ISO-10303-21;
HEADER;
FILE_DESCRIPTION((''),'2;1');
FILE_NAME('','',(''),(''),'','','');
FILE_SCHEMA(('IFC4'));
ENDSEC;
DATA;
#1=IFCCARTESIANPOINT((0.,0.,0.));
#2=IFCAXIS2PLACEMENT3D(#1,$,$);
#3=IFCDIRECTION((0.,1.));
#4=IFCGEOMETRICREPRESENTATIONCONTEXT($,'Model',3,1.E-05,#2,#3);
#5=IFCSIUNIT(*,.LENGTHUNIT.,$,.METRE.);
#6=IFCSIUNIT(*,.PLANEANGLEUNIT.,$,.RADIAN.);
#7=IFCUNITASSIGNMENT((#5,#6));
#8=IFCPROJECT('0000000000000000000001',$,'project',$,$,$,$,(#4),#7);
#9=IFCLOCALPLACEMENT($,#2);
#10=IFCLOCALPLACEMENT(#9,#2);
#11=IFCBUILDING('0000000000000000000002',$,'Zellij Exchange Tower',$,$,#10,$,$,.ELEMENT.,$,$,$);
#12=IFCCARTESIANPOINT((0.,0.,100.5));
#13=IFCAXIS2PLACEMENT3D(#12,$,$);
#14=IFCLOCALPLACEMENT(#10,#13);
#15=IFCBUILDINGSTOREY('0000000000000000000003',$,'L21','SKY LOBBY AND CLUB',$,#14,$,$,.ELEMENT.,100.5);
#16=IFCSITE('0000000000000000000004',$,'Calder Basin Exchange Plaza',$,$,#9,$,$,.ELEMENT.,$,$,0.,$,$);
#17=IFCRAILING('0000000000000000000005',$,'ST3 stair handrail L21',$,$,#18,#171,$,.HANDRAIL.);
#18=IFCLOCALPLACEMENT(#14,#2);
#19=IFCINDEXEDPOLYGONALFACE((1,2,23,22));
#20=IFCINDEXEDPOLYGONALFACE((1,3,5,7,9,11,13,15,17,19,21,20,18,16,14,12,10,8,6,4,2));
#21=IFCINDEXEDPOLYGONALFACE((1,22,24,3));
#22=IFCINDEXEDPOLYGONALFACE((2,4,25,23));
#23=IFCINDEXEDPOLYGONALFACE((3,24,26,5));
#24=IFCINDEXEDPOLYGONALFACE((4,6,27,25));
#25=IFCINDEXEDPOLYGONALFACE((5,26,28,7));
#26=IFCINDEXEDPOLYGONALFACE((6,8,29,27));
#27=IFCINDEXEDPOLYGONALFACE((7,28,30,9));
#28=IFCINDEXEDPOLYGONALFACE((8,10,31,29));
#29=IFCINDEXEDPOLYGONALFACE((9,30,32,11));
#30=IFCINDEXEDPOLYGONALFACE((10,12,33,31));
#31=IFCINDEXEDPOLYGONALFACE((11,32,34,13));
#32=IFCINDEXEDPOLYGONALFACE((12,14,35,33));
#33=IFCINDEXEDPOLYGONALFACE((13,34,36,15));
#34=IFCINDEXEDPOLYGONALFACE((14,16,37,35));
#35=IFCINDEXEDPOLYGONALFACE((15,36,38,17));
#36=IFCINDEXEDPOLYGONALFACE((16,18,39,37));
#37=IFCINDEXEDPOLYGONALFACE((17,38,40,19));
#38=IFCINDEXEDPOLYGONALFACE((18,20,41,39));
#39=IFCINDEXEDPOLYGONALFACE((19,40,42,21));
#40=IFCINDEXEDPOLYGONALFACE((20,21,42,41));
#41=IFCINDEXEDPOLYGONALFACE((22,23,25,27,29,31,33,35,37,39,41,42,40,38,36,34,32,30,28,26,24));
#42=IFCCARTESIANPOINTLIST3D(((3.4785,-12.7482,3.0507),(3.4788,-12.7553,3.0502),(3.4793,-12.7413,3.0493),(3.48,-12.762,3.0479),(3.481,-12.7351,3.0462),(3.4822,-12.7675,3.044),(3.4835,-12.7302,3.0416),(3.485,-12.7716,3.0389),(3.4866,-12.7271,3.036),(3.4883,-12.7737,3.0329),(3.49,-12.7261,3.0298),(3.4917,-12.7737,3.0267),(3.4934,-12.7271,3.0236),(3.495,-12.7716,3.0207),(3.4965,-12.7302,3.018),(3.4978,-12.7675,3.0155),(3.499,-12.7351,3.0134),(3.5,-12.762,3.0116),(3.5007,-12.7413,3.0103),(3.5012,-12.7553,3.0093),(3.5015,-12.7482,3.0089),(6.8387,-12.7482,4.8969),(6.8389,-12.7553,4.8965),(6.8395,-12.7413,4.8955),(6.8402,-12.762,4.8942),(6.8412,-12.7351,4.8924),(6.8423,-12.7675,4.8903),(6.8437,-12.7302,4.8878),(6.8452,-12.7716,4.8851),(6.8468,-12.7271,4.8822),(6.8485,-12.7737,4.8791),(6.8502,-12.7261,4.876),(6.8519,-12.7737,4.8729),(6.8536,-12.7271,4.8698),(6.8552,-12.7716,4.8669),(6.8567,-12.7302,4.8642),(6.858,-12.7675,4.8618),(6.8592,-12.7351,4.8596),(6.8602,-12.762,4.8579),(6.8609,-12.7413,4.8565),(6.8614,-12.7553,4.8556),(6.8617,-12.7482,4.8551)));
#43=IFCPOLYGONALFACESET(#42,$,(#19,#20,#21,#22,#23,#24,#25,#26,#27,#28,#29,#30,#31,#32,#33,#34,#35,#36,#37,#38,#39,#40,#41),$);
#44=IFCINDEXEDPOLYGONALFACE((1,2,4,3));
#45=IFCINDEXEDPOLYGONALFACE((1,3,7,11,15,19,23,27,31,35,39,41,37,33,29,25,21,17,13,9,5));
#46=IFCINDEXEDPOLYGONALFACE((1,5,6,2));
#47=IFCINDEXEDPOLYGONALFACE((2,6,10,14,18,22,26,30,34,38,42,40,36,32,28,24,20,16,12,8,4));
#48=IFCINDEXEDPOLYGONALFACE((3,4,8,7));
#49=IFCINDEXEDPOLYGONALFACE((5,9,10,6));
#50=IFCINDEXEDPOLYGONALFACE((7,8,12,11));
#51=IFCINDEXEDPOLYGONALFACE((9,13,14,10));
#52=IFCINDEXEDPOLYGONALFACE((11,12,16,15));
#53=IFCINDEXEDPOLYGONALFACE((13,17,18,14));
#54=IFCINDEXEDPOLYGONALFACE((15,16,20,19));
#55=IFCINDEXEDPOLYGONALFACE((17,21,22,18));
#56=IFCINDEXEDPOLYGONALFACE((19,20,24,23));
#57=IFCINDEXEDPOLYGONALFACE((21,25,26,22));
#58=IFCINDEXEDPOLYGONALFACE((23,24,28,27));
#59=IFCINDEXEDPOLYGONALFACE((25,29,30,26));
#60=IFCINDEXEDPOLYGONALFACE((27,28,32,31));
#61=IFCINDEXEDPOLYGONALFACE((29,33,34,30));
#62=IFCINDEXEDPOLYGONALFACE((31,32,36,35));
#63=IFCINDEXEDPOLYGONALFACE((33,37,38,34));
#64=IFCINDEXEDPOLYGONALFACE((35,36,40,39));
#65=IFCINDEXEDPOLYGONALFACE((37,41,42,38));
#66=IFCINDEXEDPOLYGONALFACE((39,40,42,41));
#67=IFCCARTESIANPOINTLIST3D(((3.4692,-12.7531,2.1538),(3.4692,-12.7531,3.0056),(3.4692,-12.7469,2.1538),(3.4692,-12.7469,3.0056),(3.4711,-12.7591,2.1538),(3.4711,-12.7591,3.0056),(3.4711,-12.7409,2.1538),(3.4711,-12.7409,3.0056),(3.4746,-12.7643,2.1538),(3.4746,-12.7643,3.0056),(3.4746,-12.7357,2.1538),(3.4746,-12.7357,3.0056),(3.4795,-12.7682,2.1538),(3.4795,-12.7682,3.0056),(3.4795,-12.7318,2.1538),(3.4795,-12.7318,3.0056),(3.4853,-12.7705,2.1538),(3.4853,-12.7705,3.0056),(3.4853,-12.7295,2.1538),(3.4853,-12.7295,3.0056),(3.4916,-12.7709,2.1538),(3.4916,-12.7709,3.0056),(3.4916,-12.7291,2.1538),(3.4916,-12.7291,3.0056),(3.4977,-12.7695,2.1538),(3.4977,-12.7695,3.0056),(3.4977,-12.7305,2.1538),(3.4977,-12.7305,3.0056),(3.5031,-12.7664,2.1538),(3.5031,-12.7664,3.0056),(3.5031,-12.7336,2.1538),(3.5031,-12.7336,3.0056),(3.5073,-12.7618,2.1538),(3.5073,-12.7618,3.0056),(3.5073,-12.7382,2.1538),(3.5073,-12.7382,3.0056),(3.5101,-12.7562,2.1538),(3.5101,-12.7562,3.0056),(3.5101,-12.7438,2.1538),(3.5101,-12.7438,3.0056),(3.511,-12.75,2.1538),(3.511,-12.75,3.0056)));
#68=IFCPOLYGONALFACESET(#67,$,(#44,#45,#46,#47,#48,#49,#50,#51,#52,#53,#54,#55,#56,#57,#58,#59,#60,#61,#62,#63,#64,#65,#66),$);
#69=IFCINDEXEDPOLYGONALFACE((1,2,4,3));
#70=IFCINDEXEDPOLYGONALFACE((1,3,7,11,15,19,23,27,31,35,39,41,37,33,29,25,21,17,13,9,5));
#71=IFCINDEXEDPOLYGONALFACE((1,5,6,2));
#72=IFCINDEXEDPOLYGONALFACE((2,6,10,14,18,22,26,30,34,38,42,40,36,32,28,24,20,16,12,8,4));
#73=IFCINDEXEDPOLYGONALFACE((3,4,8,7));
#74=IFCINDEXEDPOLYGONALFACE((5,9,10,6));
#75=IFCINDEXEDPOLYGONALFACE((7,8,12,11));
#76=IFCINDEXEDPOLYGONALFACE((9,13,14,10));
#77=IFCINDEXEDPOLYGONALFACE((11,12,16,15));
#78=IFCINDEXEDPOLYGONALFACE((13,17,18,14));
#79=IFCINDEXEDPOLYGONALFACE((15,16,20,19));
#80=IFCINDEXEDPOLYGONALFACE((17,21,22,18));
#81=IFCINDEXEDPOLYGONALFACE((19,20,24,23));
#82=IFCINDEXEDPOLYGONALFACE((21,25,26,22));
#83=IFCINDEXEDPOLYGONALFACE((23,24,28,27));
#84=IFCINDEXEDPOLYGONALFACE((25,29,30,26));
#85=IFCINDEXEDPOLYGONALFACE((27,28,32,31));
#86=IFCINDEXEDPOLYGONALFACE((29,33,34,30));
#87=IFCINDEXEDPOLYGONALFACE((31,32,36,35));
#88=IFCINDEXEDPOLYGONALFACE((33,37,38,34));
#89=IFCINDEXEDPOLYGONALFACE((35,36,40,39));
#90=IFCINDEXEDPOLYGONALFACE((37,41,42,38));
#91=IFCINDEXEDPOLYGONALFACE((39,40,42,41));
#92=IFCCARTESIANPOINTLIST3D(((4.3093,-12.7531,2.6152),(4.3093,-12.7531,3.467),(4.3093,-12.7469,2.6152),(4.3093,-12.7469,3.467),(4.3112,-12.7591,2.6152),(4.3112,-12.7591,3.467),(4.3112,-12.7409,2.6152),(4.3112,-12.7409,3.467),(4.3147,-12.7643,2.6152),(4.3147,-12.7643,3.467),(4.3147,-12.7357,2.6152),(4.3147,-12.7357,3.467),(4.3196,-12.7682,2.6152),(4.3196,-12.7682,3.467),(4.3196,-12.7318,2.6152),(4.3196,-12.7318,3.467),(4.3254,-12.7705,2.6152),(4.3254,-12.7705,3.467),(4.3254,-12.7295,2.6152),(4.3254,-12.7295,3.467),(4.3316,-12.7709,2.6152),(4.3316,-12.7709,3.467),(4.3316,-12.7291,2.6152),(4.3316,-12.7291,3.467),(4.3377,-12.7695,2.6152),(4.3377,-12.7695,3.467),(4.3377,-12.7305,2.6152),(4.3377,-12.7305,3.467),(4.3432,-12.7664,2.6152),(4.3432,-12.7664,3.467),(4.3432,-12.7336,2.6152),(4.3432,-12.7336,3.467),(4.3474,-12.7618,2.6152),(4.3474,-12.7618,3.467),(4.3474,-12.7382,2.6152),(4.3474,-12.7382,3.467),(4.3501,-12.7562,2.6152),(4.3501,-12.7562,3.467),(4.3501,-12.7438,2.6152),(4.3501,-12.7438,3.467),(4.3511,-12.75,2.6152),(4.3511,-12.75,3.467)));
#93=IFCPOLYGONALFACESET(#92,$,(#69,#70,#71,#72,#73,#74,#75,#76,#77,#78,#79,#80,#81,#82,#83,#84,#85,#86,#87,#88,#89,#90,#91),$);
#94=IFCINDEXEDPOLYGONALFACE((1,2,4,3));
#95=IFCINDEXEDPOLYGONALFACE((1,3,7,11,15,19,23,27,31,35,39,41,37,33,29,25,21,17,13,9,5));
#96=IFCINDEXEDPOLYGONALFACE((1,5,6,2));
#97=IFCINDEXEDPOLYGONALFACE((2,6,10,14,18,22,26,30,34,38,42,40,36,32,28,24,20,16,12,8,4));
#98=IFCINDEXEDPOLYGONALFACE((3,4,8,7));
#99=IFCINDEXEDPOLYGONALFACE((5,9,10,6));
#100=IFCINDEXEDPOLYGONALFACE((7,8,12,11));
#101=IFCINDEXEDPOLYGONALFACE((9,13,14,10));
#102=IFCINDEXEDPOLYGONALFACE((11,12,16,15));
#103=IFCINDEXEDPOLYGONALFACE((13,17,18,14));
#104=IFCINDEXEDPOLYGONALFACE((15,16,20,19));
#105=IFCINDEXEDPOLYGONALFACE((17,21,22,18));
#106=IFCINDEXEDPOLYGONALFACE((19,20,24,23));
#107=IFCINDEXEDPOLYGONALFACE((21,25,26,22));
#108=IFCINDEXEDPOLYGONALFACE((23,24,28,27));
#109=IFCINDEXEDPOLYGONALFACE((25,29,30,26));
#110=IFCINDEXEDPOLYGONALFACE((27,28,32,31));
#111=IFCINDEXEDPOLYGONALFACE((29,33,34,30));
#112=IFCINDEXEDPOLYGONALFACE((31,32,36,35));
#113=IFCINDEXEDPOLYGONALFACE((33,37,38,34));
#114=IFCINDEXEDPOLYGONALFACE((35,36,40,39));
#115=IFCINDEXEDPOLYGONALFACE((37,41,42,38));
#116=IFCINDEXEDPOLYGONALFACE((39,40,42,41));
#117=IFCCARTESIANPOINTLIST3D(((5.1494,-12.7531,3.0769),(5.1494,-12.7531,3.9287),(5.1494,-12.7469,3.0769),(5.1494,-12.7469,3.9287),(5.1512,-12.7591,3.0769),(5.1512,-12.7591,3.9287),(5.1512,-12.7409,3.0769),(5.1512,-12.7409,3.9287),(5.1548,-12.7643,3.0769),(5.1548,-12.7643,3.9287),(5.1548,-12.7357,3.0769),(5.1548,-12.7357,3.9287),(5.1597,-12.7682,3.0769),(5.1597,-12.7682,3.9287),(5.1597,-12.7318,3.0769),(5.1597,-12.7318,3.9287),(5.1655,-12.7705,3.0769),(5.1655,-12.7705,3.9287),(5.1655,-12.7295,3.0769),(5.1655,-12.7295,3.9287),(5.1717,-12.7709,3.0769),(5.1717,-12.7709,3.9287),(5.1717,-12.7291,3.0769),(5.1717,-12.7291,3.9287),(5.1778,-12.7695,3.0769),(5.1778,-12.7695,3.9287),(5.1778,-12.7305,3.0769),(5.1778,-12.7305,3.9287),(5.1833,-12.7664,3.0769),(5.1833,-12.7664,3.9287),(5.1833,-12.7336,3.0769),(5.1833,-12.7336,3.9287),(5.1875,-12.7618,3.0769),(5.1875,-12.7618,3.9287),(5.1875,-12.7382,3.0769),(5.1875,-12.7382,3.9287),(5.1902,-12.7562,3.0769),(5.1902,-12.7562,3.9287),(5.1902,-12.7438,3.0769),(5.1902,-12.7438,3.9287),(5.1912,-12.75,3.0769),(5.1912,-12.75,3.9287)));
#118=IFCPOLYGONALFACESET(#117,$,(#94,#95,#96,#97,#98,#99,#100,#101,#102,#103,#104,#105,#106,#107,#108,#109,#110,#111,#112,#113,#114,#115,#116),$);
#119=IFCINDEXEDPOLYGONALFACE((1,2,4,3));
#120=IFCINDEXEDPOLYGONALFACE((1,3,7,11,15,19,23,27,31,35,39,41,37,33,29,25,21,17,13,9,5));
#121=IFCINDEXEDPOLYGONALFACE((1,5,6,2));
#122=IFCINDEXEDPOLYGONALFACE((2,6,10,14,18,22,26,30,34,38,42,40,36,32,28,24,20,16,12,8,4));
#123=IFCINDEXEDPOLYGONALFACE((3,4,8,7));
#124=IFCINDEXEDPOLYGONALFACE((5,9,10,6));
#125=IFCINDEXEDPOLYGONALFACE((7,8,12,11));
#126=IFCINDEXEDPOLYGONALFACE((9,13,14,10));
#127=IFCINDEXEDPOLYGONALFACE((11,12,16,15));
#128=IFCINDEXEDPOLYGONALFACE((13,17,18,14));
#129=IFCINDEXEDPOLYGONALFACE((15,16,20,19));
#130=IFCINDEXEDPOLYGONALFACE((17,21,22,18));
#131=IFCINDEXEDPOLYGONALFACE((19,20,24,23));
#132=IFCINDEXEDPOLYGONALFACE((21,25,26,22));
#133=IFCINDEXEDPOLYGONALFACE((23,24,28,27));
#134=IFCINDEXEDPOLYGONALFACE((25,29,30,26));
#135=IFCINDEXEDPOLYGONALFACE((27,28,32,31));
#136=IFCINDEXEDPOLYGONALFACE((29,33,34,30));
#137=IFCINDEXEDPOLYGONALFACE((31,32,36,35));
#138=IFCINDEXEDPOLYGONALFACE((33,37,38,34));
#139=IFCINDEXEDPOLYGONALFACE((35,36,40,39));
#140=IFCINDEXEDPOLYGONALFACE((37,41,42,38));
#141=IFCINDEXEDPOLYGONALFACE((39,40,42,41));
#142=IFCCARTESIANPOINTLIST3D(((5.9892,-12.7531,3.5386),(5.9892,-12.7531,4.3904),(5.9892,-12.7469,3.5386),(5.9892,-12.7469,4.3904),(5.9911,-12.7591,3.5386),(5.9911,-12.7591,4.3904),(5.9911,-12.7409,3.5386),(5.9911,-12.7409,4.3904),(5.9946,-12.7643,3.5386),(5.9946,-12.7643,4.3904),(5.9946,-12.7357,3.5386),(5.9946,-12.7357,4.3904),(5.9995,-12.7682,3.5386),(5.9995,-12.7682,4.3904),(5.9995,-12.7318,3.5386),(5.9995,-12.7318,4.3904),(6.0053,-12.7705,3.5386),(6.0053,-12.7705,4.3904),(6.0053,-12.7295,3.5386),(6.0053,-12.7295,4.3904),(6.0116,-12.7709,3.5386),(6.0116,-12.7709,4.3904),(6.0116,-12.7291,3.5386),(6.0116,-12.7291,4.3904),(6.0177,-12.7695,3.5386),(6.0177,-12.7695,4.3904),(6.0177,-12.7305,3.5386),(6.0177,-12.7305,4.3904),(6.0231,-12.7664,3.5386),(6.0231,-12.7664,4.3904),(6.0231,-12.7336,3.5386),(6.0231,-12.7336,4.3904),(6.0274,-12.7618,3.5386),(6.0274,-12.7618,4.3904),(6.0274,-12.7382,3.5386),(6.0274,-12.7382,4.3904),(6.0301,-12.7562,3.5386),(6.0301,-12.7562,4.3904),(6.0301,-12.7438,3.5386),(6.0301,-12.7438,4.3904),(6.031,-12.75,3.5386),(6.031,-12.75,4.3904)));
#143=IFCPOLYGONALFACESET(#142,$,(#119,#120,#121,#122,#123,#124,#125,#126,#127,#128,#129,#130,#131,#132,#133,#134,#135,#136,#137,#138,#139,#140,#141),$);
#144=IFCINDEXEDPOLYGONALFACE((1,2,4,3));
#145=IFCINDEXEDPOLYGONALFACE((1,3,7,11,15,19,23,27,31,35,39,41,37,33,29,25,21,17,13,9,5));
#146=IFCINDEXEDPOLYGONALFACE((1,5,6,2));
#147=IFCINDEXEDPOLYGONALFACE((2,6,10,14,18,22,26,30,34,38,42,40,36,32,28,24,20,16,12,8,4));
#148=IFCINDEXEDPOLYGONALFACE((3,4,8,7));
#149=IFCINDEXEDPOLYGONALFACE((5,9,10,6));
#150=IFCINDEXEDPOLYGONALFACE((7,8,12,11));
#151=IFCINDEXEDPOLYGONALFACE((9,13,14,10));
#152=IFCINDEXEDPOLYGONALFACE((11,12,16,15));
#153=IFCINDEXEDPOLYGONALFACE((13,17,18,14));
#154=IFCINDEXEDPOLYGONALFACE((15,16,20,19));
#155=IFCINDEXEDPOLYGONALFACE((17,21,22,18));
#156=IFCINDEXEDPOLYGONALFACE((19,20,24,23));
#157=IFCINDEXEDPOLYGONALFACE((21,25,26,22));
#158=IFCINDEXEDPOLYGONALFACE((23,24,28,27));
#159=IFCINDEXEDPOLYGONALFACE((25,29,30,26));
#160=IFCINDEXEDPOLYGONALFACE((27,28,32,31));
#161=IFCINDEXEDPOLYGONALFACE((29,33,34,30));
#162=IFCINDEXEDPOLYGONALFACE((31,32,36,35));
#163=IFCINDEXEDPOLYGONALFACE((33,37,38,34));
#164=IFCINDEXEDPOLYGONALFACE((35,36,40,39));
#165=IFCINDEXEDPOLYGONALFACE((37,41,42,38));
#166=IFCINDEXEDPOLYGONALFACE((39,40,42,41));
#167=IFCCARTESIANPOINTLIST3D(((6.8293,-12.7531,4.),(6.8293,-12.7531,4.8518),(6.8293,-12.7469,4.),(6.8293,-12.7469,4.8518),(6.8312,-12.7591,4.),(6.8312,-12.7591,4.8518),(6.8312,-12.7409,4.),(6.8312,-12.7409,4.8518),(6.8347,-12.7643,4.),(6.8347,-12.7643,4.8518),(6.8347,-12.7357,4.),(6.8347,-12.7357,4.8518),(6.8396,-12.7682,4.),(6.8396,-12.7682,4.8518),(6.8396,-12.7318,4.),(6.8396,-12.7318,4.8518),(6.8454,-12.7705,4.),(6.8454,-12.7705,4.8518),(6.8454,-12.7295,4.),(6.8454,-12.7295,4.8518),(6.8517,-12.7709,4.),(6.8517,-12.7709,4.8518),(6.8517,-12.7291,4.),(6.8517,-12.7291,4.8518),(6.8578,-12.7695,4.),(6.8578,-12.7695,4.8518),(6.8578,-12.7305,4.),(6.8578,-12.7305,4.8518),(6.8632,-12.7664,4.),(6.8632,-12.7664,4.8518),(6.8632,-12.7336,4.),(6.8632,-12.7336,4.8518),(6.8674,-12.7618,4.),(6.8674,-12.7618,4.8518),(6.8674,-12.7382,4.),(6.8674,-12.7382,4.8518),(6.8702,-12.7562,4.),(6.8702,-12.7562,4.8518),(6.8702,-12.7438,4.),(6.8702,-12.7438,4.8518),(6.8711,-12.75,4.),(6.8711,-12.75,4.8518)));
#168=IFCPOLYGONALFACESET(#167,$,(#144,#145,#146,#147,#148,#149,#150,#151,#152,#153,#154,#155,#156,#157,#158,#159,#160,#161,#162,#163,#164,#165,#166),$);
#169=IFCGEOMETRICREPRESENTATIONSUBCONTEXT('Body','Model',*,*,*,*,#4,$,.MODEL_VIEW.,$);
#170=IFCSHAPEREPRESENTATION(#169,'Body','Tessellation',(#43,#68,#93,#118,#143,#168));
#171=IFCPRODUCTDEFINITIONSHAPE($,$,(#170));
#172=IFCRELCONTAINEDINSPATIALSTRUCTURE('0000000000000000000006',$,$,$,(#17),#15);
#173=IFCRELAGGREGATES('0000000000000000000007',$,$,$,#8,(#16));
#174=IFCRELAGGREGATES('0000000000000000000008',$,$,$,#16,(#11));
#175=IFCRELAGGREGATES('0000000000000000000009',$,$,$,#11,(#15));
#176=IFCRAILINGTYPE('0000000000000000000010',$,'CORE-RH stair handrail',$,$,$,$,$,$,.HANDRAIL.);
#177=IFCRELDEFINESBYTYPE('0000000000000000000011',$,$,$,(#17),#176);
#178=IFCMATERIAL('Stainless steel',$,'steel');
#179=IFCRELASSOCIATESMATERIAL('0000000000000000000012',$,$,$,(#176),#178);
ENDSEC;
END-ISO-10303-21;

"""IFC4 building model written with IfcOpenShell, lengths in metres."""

from ifc_helpers import new_model, si_unit, direction, frame, origin, origin_2d, place, context, subcontext, project, spatial, circle, extrude, material, type_object, element, save


model = new_model("IFC4")

# Units and contexts
model_context = context("Model", 3, precision=1e-05, world=origin(), true_north=direction((0.0, 1.0)))
body_context = subcontext(model_context, "Body", "Model", "MODEL_VIEW")
ifc_project = project(units=[si_unit("LENGTHUNIT", "METRE"), si_unit("PLANEANGLEUNIT", "RADIAN")], contexts=[model_context])

# Site, building, storey
site_placement = place(None, origin())
site = spatial("IfcSite", under=ifc_project, at=site_placement, Name="Calder Basin Exchange Plaza", CompositionType="ELEMENT", RefElevation=0.0)
building_placement = place(site_placement, origin())
building = spatial("IfcBuilding", under=site, at=building_placement, Name="Zellij Exchange Tower", CompositionType="ELEMENT")
storey_placement = place(building_placement, frame((0.0, 0.0, 100.5)))
storey = spatial("IfcBuildingStorey", under=building, at=storey_placement, Name="L21", Description="SKY LOBBY AND CLUB", CompositionType="ELEMENT", Elevation=100.5)

# Railing
ifc_material_1 = material(Name="Stainless steel", Category="steel")
railing_type_1 = type_object("IfcRailingType", Name="CORE-RH stair handrail", PredefinedType="HANDRAIL", material=ifc_material_1)
railing_1_placement = place(storey_placement, frame((3.49, -12.75, 2.1538)))
element("IfcRailing", 1, at=railing_1_placement, inside=storey, type_object=railing_type_1, Name="ST3 stair handrail L21", PredefinedType="HANDRAIL", context=body_context, shape_type="SweptSolid", body=[
    extrude(circle(Radius=0.0239, at=origin_2d()), frame((0.0, 0.0, 0.876), z_axis=(0.876422, 0.0, 0.481545), x_axis=(0.0, 1.0, 0.0)), (0.0, 0.0, 1.0), 3.834),
    extrude(circle(Radius=0.021, at=origin_2d()), origin(), (0.0, 0.0, 1.0), 0.8518),
    extrude(circle(Radius=0.021, at=origin_2d()), frame((0.8401, 0.0, 0.4614)), (0.0, 0.0, 1.0), 0.8518),
    extrude(circle(Radius=0.021, at=origin_2d()), frame((1.6802, 0.0, 0.9231)), (0.0, 0.0, 1.0), 0.8518),
    extrude(circle(Radius=0.021, at=origin_2d()), frame((2.52, 0.0, 1.3848)), (0.0, 0.0, 1.0), 0.8518),
    extrude(circle(Radius=0.021, at=origin_2d()), frame((3.3601, 0.0, 1.8462)), (0.0, 0.0, 1.0), 0.8518),
])

save(model, "model.ifc")
